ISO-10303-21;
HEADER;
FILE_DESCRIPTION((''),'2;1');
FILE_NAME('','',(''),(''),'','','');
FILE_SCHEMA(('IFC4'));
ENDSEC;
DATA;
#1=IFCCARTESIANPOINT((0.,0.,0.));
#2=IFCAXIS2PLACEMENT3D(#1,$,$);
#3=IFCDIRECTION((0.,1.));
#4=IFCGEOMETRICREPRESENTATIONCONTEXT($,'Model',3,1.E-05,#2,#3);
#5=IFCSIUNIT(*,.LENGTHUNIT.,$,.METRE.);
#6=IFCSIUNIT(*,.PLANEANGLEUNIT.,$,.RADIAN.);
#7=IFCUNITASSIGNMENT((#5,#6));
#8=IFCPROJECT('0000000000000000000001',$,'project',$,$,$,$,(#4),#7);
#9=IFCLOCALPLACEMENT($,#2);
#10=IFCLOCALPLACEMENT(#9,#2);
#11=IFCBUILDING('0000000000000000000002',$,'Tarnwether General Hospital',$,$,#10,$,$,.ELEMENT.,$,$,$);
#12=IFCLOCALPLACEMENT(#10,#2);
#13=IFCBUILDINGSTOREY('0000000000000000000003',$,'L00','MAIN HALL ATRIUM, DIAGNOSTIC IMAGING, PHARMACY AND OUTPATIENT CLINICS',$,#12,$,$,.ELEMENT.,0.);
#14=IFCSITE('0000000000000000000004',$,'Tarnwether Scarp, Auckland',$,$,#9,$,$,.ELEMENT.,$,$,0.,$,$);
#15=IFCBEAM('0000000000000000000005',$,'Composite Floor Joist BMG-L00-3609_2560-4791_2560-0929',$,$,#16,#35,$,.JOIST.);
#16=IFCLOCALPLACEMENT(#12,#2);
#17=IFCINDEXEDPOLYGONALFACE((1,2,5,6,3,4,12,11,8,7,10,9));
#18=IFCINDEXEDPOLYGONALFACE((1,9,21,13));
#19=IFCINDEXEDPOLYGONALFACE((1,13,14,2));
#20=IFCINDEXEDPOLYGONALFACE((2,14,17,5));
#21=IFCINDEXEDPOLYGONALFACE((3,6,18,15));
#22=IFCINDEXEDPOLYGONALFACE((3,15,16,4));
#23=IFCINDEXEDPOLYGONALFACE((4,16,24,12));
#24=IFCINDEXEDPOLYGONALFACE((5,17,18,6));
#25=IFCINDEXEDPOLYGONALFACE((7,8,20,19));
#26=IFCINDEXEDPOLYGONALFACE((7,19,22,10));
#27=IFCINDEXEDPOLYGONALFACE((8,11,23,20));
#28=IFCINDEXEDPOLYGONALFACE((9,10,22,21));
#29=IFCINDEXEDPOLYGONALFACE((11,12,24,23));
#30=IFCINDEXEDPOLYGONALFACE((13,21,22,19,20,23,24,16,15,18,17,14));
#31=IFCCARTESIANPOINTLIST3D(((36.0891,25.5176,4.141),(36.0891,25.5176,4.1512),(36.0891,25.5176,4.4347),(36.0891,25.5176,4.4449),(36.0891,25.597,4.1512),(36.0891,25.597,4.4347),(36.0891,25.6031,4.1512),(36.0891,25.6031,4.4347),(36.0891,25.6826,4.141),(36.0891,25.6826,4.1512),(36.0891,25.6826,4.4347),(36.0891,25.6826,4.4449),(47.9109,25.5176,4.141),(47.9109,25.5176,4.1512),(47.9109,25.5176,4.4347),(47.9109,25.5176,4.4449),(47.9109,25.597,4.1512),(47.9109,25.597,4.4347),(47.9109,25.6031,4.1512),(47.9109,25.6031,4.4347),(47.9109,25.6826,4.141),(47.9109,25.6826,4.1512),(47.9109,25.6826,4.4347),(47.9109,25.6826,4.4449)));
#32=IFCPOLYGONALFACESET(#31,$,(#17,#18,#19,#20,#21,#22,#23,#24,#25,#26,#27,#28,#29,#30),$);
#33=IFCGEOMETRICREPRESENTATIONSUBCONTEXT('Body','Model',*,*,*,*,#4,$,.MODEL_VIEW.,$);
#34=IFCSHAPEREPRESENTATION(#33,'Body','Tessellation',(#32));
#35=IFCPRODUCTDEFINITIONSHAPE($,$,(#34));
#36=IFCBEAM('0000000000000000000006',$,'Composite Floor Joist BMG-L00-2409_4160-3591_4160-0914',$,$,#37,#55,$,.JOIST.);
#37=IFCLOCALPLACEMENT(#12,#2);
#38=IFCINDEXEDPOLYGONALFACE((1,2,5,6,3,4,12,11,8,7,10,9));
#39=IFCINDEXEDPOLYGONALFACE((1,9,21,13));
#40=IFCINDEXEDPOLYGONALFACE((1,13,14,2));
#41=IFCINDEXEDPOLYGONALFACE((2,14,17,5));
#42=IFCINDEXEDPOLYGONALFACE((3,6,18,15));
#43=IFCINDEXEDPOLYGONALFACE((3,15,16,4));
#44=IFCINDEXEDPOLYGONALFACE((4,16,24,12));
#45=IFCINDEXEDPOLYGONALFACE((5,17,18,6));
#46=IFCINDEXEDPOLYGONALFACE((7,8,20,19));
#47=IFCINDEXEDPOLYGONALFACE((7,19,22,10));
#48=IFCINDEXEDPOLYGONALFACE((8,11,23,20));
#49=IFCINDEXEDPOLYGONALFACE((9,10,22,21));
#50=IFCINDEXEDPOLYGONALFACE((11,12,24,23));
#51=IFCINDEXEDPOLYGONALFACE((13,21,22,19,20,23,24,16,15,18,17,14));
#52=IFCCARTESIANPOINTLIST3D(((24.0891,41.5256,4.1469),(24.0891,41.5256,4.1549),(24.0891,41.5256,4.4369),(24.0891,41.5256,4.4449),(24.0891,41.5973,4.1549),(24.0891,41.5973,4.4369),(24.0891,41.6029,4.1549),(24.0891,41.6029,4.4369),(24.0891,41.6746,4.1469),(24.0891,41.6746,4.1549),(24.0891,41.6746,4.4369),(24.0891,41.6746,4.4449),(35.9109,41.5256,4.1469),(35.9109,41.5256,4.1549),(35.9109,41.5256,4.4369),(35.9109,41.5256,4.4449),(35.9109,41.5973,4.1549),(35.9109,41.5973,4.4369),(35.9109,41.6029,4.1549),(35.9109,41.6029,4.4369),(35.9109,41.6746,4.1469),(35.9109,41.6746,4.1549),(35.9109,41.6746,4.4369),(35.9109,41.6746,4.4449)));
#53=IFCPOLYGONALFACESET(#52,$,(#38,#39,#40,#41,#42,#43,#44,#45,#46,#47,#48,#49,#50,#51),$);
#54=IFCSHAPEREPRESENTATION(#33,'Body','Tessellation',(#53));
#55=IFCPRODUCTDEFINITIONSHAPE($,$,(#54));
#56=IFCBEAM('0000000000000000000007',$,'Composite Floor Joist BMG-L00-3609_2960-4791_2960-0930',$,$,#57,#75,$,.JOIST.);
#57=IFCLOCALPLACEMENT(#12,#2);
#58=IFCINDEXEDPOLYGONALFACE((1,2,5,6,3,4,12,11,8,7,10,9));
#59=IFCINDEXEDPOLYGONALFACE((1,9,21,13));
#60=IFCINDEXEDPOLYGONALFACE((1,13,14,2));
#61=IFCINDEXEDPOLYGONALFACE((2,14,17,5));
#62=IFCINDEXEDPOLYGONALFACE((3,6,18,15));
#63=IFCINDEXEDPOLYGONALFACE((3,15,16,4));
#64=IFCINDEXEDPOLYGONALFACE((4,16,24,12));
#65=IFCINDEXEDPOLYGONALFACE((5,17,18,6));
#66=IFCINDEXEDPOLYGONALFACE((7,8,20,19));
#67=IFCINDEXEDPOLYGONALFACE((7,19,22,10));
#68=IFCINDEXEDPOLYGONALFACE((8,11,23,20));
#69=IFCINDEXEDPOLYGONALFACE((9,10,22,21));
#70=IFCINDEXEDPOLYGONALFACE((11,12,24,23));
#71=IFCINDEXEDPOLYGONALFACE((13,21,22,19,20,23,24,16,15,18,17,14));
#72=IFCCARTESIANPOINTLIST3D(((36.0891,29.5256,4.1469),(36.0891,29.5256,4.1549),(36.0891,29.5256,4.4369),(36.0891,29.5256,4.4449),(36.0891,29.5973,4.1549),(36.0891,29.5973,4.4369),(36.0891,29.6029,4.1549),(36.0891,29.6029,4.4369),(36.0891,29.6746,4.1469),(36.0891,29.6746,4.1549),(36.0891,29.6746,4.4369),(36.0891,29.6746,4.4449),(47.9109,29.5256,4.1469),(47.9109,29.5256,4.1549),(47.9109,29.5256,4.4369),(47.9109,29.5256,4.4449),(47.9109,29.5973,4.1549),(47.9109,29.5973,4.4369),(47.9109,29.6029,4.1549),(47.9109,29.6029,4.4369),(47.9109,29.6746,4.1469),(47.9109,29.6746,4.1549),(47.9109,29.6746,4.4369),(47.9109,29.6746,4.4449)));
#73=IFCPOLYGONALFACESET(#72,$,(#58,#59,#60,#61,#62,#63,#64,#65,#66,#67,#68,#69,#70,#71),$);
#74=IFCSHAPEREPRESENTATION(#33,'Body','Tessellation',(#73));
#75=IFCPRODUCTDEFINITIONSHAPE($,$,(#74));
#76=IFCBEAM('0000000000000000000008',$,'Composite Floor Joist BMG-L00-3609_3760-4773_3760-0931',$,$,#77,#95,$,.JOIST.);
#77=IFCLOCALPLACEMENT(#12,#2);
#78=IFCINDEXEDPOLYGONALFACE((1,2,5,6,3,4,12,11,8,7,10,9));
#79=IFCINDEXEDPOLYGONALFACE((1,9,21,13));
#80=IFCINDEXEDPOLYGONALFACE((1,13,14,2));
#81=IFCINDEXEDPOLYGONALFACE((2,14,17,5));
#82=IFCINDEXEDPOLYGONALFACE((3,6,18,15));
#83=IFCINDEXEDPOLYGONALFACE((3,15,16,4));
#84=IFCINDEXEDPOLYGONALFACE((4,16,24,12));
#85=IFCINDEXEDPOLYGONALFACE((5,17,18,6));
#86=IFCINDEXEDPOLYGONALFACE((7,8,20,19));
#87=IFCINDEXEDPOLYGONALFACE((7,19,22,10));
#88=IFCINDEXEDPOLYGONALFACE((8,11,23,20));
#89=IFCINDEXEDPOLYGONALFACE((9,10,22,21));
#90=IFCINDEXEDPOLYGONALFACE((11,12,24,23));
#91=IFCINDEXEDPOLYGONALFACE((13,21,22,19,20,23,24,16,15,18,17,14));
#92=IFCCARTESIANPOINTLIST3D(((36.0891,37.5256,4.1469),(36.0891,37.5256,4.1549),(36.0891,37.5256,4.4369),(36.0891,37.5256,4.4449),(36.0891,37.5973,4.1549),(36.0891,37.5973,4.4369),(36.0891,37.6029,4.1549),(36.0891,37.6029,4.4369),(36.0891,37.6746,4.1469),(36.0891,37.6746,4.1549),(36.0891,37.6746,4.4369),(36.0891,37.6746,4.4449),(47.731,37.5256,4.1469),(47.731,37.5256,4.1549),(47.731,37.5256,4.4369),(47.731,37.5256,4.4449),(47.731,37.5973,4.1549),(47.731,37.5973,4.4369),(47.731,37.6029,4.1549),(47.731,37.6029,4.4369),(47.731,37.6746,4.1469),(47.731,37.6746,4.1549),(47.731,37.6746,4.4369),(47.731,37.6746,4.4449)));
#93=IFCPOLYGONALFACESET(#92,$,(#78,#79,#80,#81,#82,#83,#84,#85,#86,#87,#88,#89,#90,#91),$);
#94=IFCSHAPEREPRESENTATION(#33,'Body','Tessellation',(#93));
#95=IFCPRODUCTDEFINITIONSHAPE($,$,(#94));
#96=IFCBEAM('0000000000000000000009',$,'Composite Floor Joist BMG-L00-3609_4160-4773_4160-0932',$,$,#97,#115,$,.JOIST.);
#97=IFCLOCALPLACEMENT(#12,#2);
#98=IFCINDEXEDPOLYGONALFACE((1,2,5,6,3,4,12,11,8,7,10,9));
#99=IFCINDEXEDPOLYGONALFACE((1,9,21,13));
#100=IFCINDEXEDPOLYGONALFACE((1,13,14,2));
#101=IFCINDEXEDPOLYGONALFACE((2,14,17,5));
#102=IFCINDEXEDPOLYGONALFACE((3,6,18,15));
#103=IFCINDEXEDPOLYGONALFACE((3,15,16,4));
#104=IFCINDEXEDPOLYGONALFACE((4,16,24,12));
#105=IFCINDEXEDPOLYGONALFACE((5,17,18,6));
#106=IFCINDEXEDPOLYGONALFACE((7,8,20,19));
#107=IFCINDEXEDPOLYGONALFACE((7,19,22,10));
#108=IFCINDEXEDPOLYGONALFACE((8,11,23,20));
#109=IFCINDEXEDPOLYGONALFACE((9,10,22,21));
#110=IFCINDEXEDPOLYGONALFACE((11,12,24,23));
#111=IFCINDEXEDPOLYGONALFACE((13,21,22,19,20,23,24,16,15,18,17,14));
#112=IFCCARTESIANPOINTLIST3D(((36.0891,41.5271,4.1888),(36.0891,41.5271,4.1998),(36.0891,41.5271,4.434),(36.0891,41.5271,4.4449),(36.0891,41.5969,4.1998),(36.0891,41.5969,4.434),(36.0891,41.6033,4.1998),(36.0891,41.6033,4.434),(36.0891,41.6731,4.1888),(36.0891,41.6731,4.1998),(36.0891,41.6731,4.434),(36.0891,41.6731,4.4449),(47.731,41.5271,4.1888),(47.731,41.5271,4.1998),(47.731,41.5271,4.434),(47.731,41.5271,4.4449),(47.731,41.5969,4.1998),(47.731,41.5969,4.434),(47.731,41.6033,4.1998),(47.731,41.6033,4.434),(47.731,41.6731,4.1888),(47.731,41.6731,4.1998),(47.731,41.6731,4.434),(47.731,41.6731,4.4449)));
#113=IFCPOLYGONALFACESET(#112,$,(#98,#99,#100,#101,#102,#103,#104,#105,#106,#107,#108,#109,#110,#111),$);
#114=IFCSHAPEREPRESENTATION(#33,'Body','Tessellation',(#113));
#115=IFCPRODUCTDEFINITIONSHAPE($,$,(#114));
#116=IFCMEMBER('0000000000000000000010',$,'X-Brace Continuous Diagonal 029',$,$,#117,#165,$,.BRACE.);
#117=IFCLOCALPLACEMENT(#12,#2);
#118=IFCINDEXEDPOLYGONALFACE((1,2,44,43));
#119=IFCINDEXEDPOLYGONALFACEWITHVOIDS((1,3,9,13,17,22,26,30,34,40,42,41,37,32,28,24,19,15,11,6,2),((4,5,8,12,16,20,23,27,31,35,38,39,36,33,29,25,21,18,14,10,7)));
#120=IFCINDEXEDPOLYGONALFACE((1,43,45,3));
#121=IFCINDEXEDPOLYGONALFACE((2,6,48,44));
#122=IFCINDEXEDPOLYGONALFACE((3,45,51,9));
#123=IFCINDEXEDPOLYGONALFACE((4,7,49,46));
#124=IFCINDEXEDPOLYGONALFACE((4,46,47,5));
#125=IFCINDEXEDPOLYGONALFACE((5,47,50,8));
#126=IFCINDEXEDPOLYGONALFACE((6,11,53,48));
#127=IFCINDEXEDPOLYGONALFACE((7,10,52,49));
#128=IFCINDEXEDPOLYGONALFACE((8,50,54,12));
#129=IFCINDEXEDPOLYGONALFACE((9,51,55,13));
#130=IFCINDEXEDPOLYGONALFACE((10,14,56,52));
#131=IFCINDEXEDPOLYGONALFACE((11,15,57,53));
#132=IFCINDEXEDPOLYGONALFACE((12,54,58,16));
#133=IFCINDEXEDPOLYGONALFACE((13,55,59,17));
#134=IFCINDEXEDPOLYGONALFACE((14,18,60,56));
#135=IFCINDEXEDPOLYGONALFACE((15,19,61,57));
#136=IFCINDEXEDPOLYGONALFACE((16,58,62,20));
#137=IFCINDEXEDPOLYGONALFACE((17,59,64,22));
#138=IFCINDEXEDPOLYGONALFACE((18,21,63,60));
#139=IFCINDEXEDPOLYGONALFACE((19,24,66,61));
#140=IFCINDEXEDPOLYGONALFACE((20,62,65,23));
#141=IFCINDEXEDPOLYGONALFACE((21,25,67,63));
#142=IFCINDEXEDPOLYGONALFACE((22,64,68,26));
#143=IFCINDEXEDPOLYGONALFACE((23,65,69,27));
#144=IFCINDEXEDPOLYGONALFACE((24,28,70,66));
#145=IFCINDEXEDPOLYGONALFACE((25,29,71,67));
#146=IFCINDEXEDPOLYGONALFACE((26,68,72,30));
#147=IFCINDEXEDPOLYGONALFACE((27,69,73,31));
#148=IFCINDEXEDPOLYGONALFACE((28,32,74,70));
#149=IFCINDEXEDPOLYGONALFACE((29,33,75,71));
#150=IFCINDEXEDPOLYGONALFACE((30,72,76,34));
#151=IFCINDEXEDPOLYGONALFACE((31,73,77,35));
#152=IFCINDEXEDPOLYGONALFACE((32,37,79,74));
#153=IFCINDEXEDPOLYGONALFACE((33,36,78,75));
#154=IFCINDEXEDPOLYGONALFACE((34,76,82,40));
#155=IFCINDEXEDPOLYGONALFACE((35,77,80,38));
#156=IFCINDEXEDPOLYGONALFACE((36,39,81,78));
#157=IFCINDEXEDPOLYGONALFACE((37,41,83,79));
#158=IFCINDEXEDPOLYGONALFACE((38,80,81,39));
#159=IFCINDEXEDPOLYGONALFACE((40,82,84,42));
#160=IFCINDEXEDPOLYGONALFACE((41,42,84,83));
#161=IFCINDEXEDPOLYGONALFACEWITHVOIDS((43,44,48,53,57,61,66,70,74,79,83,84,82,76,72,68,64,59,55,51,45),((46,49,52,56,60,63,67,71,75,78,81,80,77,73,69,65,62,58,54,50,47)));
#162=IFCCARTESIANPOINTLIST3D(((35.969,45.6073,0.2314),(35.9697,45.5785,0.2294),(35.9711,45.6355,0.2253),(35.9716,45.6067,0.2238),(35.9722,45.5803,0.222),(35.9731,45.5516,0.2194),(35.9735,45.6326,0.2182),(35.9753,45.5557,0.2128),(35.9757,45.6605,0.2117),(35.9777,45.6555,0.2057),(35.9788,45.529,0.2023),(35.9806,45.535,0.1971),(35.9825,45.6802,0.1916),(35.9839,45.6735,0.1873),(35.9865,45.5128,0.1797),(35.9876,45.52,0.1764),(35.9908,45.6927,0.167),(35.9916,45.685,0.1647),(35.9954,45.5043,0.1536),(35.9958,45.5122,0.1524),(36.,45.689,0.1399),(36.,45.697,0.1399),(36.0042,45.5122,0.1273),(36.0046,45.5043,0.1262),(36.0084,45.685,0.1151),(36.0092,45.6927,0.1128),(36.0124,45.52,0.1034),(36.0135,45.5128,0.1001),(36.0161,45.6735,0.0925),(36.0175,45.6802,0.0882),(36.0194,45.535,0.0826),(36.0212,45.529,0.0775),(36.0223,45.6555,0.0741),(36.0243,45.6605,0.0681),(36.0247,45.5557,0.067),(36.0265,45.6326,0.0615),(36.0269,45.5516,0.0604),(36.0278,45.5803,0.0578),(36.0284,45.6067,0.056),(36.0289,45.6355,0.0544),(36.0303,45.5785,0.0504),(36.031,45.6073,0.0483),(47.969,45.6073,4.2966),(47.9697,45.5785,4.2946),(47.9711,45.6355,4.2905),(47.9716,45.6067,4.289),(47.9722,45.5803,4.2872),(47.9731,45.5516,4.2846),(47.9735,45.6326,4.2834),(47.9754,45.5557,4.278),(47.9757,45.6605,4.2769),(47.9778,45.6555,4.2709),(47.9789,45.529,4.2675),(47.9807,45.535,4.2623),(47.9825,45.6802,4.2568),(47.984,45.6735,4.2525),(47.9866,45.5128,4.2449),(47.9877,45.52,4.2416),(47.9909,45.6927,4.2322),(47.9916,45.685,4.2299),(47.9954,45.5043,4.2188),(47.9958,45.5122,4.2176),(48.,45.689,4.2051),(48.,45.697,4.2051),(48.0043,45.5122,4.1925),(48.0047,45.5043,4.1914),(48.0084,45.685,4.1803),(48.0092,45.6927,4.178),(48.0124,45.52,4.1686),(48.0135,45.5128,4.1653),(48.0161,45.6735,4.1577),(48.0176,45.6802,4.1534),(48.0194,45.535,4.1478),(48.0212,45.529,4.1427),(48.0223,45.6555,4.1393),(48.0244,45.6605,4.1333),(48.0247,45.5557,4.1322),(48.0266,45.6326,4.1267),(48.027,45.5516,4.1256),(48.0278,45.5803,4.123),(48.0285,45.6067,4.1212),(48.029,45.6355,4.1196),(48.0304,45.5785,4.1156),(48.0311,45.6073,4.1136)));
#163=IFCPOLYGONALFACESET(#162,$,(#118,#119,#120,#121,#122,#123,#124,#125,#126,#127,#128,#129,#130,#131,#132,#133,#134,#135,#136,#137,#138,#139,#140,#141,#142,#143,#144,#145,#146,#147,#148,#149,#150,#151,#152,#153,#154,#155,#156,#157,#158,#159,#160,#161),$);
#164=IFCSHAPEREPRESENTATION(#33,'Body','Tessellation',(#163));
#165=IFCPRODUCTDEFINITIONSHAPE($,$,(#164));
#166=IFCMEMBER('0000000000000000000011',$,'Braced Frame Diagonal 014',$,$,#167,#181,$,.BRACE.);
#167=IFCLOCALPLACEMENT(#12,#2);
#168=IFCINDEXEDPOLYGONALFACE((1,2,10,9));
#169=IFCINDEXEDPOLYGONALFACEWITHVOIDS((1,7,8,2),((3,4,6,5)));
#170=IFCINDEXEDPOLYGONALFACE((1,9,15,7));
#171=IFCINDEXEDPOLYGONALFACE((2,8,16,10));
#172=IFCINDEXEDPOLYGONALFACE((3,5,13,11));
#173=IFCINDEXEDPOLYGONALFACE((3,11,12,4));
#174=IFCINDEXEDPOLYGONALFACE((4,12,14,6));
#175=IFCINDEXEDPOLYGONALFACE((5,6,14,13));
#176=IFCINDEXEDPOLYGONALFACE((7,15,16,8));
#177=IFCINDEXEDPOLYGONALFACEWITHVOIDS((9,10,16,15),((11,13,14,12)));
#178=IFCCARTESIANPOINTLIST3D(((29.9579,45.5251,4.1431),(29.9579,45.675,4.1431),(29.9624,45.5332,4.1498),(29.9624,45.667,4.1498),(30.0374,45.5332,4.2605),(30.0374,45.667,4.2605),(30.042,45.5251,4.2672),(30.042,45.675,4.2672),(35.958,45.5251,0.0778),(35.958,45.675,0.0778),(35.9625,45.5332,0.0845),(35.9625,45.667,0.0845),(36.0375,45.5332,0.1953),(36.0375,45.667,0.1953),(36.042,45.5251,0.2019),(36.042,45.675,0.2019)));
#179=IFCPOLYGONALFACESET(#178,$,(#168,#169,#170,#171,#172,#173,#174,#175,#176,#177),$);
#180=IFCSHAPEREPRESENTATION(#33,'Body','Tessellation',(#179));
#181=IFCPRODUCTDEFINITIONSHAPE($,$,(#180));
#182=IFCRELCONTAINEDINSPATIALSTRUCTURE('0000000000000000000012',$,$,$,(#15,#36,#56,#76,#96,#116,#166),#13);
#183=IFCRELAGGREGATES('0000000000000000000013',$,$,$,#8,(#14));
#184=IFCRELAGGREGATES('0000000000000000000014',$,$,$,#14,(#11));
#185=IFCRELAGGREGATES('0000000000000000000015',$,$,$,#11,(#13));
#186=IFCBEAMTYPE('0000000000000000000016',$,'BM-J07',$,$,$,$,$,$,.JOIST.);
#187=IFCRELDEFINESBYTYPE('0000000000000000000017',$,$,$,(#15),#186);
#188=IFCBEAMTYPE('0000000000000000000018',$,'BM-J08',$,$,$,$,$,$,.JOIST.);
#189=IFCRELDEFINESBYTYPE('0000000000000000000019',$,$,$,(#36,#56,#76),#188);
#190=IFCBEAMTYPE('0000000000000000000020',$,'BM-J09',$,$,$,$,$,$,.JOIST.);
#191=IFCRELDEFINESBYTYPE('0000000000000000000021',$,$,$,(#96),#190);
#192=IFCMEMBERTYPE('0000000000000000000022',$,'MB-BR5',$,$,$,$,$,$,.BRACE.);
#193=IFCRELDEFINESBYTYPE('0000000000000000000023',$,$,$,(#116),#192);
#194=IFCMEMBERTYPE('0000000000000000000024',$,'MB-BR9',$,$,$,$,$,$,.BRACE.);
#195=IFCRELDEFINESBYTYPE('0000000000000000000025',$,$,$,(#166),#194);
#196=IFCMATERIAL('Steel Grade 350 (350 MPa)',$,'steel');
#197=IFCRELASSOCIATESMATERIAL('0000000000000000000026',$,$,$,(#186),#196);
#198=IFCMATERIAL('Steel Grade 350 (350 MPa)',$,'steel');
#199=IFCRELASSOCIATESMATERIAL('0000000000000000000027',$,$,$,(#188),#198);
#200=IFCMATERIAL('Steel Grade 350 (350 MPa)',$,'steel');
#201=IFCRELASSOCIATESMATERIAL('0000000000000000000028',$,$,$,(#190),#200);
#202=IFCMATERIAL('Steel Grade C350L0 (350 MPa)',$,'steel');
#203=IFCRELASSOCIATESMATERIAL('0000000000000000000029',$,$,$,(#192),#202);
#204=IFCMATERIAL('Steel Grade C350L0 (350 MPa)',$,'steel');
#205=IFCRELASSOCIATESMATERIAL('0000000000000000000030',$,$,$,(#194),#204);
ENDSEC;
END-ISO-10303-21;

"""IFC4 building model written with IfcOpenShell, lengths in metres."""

from ifc_helpers import new_model, si_unit, direction, frame, origin, origin_2d, place, context, subcontext, project, spatial, hollow_rectangle, hollow_circle, i_section, extrude, material, material_profile, profile_set, type_object, element, save


model = new_model("IFC4")

# Units and contexts
model_context = context("Model", 3, precision=1e-05, world=origin(), true_north=direction((0.0, 1.0)))
body_context = subcontext(model_context, "Body", "Model", "MODEL_VIEW")
ifc_project = project(units=[si_unit("LENGTHUNIT", "METRE"), si_unit("PLANEANGLEUNIT", "RADIAN")], contexts=[model_context])

# Site, building, storey
site_placement = place(None, origin())
site = spatial("IfcSite", under=ifc_project, at=site_placement, Name="Tarnwether Scarp, Auckland", CompositionType="ELEMENT", RefElevation=0.0)
building_placement = place(site_placement, origin())
building = spatial("IfcBuilding", under=site, at=building_placement, Name="Tarnwether General Hospital", CompositionType="ELEMENT")
storey_placement = place(building_placement, origin())
storey = spatial("IfcBuildingStorey", under=building, at=storey_placement, Name="L00", Description="MAIN HALL ATRIUM, DIAGNOSTIC IMAGING, PHARMACY AND OUTPATIENT CLINICS", CompositionType="ELEMENT", Elevation=0.0)

# Beams
ifc_material_1 = material(Name="Steel Grade 350 (350 MPa)", Category="steel")
ifc_material_profile_1 = material_profile(ifc_material_1, i_section(OverallWidth=0.165, OverallDepth=0.304, WebThickness=0.0061, FlangeThickness=0.0103, at=origin_2d()), Name="310UB40.4")
ifc_profile_set_1 = profile_set([ifc_material_profile_1], Name="Steel Grade 350 (350 MPa)")
beam_type_1 = type_object("IfcBeamType", Name="BM-J07", PredefinedType="JOIST", material=ifc_profile_set_1)
for number, where, z_axis, x_axis, name in (
    (1, (36.0891, 25.6001, 4.293), (1.0, 0.0, 0.0), (0.0, 1.0, 0.0), "Composite Floor Joist BMG-L00-3609_2560-4791_2560-0929"),
):
    element("IfcBeam", number, at=place(storey_placement, frame(where, z_axis=z_axis, x_axis=x_axis)), inside=storey, type_object=beam_type_1, Name=name, PredefinedType="JOIST", context=body_context, shape_type="SweptSolid", body=[
        extrude(i_section(OverallWidth=0.165, OverallDepth=0.304, WebThickness=0.0061, FlangeThickness=0.0103, at=origin_2d()), origin(), (0.0, 0.0, 1.0), 11.8218),
    ])
ifc_material_2 = material(Name="Steel Grade 350 (350 MPa)", Category="steel")
ifc_material_profile_2 = material_profile(ifc_material_2, i_section(OverallWidth=0.1489, OverallDepth=0.2981, WebThickness=0.0056, FlangeThickness=0.0081, at=origin_2d()), Name="310UB32.0")
ifc_profile_set_2 = profile_set([ifc_material_profile_2], Name="Steel Grade 350 (350 MPa)")
beam_type_2 = type_object("IfcBeamType", Name="BM-J08", PredefinedType="JOIST", material=ifc_profile_set_2)
for number, where, z_axis, x_axis, name in (
    (2, (24.0891, 41.6001, 4.2959), (1.0, 0.0, 0.0), (0.0, 1.0, 0.0), "Composite Floor Joist BMG-L00-2409_4160-3591_4160-0914"),
    (3, (36.0891, 29.6001, 4.2959), (1.0, 0.0, 0.0), (0.0, 1.0, 0.0), "Composite Floor Joist BMG-L00-3609_2960-4791_2960-0930"),
):
    element("IfcBeam", number, at=place(storey_placement, frame(where, z_axis=z_axis, x_axis=x_axis)), inside=storey, type_object=beam_type_2, Name=name, PredefinedType="JOIST", context=body_context, shape_type="SweptSolid", body=[
        extrude(i_section(OverallWidth=0.1489, OverallDepth=0.2981, WebThickness=0.0056, FlangeThickness=0.0081, at=origin_2d()), origin(), (0.0, 0.0, 1.0), 11.8218),
    ])
beam_1_placement = place(storey_placement, frame((36.0891, 37.6001, 4.2959), z_axis=(1.0, 0.0, 0.0), x_axis=(0.0, 1.0, 0.0)))
element("IfcBeam", 4, at=beam_1_placement, inside=storey, type_object=beam_type_2, Name="Composite Floor Joist BMG-L00-3609_3760-4773_3760-0931", PredefinedType="JOIST", context=body_context, shape_type="SweptSolid", body=[
    extrude(i_section(OverallWidth=0.1489, OverallDepth=0.2981, WebThickness=0.0056, FlangeThickness=0.0081, at=origin_2d()), origin(), (0.0, 0.0, 1.0), 11.6418),
])
ifc_material_3 = material(Name="Steel Grade 350 (350 MPa)", Category="steel")
ifc_material_profile_3 = material_profile(ifc_material_3, i_section(OverallWidth=0.146, OverallDepth=0.2561, WebThickness=0.0063, FlangeThickness=0.011, at=origin_2d()), Name="250UB37.3")
ifc_profile_set_3 = profile_set([ifc_material_profile_3], Name="Steel Grade 350 (350 MPa)")
beam_type_3 = type_object("IfcBeamType", Name="BM-J09", PredefinedType="JOIST", material=ifc_profile_set_3)
beam_2_placement = place(storey_placement, frame((36.0891, 41.6001, 4.3169), z_axis=(1.0, 0.0, 0.0), x_axis=(0.0, 1.0, 0.0)))
element("IfcBeam", 5, at=beam_2_placement, inside=storey, type_object=beam_type_3, Name="Composite Floor Joist BMG-L00-3609_4160-4773_4160-0932", PredefinedType="JOIST", context=body_context, shape_type="SweptSolid", body=[
    extrude(i_section(OverallWidth=0.146, OverallDepth=0.2561, WebThickness=0.0063, FlangeThickness=0.011, at=origin_2d()), origin(), (0.0, 0.0, 1.0), 11.6418),
])

# Members
ifc_material_4 = material(Name="Steel Grade C350L0 (350 MPa)", Category="steel")
ifc_material_profile_4 = material_profile(ifc_material_4, hollow_circle(Radius=0.0969, WallThickness=0.0081, at=origin_2d()), Name="CHS193.7x8.0")
ifc_profile_set_4 = profile_set([ifc_material_profile_4], Name="Steel Grade C350L0 (350 MPa)")
member_type_1 = type_object("IfcMemberType", Name="MB-BR5", PredefinedType="BRACE", material=ifc_profile_set_4)
member_1_placement = place(storey_placement, frame((36.0, 45.6001, 0.1399), z_axis=(0.947129, 0.0, 0.320854), x_axis=(0.0, 1.0, 0.0)))
element("IfcMember", 6, at=member_1_placement, inside=storey, type_object=member_type_1, Name="X-Brace Continuous Diagonal 029", PredefinedType="BRACE", context=body_context, shape_type="SweptSolid", body=[
    extrude(hollow_circle(Radius=0.0969, WallThickness=0.0081, at=origin_2d()), origin(), (0.0, 0.0, 1.0), 12.6699),
])
ifc_material_5 = material(Name="Steel Grade C350L0 (350 MPa)", Category="steel")
ifc_material_profile_5 = material_profile(ifc_material_5, hollow_rectangle(XDim=0.1499, YDim=0.1499, WallThickness=0.0081, at=origin_2d()), Name="SHS150x150x8")
ifc_profile_set_5 = profile_set([ifc_material_profile_5], Name="Steel Grade C350L0 (350 MPa)")
member_type_2 = type_object("IfcMemberType", Name="MB-BR9", PredefinedType="BRACE", material=ifc_profile_set_5)
member_2_placement = place(storey_placement, frame((36.0, 45.6001, 0.1399), z_axis=(-0.827876, 0.0, 0.560911), x_axis=(0.0, -1.0, 0.0)))
element("IfcMember", 7, at=member_2_placement, inside=storey, type_object=member_type_2, Name="Braced Frame Diagonal 014", PredefinedType="BRACE", context=body_context, shape_type="SweptSolid", body=[
    extrude(hollow_rectangle(XDim=0.1499, YDim=0.1499, WallThickness=0.0081, at=origin_2d()), origin(), (0.0, 0.0, 1.0), 7.2476),
])

save(model, "model.ifc")
